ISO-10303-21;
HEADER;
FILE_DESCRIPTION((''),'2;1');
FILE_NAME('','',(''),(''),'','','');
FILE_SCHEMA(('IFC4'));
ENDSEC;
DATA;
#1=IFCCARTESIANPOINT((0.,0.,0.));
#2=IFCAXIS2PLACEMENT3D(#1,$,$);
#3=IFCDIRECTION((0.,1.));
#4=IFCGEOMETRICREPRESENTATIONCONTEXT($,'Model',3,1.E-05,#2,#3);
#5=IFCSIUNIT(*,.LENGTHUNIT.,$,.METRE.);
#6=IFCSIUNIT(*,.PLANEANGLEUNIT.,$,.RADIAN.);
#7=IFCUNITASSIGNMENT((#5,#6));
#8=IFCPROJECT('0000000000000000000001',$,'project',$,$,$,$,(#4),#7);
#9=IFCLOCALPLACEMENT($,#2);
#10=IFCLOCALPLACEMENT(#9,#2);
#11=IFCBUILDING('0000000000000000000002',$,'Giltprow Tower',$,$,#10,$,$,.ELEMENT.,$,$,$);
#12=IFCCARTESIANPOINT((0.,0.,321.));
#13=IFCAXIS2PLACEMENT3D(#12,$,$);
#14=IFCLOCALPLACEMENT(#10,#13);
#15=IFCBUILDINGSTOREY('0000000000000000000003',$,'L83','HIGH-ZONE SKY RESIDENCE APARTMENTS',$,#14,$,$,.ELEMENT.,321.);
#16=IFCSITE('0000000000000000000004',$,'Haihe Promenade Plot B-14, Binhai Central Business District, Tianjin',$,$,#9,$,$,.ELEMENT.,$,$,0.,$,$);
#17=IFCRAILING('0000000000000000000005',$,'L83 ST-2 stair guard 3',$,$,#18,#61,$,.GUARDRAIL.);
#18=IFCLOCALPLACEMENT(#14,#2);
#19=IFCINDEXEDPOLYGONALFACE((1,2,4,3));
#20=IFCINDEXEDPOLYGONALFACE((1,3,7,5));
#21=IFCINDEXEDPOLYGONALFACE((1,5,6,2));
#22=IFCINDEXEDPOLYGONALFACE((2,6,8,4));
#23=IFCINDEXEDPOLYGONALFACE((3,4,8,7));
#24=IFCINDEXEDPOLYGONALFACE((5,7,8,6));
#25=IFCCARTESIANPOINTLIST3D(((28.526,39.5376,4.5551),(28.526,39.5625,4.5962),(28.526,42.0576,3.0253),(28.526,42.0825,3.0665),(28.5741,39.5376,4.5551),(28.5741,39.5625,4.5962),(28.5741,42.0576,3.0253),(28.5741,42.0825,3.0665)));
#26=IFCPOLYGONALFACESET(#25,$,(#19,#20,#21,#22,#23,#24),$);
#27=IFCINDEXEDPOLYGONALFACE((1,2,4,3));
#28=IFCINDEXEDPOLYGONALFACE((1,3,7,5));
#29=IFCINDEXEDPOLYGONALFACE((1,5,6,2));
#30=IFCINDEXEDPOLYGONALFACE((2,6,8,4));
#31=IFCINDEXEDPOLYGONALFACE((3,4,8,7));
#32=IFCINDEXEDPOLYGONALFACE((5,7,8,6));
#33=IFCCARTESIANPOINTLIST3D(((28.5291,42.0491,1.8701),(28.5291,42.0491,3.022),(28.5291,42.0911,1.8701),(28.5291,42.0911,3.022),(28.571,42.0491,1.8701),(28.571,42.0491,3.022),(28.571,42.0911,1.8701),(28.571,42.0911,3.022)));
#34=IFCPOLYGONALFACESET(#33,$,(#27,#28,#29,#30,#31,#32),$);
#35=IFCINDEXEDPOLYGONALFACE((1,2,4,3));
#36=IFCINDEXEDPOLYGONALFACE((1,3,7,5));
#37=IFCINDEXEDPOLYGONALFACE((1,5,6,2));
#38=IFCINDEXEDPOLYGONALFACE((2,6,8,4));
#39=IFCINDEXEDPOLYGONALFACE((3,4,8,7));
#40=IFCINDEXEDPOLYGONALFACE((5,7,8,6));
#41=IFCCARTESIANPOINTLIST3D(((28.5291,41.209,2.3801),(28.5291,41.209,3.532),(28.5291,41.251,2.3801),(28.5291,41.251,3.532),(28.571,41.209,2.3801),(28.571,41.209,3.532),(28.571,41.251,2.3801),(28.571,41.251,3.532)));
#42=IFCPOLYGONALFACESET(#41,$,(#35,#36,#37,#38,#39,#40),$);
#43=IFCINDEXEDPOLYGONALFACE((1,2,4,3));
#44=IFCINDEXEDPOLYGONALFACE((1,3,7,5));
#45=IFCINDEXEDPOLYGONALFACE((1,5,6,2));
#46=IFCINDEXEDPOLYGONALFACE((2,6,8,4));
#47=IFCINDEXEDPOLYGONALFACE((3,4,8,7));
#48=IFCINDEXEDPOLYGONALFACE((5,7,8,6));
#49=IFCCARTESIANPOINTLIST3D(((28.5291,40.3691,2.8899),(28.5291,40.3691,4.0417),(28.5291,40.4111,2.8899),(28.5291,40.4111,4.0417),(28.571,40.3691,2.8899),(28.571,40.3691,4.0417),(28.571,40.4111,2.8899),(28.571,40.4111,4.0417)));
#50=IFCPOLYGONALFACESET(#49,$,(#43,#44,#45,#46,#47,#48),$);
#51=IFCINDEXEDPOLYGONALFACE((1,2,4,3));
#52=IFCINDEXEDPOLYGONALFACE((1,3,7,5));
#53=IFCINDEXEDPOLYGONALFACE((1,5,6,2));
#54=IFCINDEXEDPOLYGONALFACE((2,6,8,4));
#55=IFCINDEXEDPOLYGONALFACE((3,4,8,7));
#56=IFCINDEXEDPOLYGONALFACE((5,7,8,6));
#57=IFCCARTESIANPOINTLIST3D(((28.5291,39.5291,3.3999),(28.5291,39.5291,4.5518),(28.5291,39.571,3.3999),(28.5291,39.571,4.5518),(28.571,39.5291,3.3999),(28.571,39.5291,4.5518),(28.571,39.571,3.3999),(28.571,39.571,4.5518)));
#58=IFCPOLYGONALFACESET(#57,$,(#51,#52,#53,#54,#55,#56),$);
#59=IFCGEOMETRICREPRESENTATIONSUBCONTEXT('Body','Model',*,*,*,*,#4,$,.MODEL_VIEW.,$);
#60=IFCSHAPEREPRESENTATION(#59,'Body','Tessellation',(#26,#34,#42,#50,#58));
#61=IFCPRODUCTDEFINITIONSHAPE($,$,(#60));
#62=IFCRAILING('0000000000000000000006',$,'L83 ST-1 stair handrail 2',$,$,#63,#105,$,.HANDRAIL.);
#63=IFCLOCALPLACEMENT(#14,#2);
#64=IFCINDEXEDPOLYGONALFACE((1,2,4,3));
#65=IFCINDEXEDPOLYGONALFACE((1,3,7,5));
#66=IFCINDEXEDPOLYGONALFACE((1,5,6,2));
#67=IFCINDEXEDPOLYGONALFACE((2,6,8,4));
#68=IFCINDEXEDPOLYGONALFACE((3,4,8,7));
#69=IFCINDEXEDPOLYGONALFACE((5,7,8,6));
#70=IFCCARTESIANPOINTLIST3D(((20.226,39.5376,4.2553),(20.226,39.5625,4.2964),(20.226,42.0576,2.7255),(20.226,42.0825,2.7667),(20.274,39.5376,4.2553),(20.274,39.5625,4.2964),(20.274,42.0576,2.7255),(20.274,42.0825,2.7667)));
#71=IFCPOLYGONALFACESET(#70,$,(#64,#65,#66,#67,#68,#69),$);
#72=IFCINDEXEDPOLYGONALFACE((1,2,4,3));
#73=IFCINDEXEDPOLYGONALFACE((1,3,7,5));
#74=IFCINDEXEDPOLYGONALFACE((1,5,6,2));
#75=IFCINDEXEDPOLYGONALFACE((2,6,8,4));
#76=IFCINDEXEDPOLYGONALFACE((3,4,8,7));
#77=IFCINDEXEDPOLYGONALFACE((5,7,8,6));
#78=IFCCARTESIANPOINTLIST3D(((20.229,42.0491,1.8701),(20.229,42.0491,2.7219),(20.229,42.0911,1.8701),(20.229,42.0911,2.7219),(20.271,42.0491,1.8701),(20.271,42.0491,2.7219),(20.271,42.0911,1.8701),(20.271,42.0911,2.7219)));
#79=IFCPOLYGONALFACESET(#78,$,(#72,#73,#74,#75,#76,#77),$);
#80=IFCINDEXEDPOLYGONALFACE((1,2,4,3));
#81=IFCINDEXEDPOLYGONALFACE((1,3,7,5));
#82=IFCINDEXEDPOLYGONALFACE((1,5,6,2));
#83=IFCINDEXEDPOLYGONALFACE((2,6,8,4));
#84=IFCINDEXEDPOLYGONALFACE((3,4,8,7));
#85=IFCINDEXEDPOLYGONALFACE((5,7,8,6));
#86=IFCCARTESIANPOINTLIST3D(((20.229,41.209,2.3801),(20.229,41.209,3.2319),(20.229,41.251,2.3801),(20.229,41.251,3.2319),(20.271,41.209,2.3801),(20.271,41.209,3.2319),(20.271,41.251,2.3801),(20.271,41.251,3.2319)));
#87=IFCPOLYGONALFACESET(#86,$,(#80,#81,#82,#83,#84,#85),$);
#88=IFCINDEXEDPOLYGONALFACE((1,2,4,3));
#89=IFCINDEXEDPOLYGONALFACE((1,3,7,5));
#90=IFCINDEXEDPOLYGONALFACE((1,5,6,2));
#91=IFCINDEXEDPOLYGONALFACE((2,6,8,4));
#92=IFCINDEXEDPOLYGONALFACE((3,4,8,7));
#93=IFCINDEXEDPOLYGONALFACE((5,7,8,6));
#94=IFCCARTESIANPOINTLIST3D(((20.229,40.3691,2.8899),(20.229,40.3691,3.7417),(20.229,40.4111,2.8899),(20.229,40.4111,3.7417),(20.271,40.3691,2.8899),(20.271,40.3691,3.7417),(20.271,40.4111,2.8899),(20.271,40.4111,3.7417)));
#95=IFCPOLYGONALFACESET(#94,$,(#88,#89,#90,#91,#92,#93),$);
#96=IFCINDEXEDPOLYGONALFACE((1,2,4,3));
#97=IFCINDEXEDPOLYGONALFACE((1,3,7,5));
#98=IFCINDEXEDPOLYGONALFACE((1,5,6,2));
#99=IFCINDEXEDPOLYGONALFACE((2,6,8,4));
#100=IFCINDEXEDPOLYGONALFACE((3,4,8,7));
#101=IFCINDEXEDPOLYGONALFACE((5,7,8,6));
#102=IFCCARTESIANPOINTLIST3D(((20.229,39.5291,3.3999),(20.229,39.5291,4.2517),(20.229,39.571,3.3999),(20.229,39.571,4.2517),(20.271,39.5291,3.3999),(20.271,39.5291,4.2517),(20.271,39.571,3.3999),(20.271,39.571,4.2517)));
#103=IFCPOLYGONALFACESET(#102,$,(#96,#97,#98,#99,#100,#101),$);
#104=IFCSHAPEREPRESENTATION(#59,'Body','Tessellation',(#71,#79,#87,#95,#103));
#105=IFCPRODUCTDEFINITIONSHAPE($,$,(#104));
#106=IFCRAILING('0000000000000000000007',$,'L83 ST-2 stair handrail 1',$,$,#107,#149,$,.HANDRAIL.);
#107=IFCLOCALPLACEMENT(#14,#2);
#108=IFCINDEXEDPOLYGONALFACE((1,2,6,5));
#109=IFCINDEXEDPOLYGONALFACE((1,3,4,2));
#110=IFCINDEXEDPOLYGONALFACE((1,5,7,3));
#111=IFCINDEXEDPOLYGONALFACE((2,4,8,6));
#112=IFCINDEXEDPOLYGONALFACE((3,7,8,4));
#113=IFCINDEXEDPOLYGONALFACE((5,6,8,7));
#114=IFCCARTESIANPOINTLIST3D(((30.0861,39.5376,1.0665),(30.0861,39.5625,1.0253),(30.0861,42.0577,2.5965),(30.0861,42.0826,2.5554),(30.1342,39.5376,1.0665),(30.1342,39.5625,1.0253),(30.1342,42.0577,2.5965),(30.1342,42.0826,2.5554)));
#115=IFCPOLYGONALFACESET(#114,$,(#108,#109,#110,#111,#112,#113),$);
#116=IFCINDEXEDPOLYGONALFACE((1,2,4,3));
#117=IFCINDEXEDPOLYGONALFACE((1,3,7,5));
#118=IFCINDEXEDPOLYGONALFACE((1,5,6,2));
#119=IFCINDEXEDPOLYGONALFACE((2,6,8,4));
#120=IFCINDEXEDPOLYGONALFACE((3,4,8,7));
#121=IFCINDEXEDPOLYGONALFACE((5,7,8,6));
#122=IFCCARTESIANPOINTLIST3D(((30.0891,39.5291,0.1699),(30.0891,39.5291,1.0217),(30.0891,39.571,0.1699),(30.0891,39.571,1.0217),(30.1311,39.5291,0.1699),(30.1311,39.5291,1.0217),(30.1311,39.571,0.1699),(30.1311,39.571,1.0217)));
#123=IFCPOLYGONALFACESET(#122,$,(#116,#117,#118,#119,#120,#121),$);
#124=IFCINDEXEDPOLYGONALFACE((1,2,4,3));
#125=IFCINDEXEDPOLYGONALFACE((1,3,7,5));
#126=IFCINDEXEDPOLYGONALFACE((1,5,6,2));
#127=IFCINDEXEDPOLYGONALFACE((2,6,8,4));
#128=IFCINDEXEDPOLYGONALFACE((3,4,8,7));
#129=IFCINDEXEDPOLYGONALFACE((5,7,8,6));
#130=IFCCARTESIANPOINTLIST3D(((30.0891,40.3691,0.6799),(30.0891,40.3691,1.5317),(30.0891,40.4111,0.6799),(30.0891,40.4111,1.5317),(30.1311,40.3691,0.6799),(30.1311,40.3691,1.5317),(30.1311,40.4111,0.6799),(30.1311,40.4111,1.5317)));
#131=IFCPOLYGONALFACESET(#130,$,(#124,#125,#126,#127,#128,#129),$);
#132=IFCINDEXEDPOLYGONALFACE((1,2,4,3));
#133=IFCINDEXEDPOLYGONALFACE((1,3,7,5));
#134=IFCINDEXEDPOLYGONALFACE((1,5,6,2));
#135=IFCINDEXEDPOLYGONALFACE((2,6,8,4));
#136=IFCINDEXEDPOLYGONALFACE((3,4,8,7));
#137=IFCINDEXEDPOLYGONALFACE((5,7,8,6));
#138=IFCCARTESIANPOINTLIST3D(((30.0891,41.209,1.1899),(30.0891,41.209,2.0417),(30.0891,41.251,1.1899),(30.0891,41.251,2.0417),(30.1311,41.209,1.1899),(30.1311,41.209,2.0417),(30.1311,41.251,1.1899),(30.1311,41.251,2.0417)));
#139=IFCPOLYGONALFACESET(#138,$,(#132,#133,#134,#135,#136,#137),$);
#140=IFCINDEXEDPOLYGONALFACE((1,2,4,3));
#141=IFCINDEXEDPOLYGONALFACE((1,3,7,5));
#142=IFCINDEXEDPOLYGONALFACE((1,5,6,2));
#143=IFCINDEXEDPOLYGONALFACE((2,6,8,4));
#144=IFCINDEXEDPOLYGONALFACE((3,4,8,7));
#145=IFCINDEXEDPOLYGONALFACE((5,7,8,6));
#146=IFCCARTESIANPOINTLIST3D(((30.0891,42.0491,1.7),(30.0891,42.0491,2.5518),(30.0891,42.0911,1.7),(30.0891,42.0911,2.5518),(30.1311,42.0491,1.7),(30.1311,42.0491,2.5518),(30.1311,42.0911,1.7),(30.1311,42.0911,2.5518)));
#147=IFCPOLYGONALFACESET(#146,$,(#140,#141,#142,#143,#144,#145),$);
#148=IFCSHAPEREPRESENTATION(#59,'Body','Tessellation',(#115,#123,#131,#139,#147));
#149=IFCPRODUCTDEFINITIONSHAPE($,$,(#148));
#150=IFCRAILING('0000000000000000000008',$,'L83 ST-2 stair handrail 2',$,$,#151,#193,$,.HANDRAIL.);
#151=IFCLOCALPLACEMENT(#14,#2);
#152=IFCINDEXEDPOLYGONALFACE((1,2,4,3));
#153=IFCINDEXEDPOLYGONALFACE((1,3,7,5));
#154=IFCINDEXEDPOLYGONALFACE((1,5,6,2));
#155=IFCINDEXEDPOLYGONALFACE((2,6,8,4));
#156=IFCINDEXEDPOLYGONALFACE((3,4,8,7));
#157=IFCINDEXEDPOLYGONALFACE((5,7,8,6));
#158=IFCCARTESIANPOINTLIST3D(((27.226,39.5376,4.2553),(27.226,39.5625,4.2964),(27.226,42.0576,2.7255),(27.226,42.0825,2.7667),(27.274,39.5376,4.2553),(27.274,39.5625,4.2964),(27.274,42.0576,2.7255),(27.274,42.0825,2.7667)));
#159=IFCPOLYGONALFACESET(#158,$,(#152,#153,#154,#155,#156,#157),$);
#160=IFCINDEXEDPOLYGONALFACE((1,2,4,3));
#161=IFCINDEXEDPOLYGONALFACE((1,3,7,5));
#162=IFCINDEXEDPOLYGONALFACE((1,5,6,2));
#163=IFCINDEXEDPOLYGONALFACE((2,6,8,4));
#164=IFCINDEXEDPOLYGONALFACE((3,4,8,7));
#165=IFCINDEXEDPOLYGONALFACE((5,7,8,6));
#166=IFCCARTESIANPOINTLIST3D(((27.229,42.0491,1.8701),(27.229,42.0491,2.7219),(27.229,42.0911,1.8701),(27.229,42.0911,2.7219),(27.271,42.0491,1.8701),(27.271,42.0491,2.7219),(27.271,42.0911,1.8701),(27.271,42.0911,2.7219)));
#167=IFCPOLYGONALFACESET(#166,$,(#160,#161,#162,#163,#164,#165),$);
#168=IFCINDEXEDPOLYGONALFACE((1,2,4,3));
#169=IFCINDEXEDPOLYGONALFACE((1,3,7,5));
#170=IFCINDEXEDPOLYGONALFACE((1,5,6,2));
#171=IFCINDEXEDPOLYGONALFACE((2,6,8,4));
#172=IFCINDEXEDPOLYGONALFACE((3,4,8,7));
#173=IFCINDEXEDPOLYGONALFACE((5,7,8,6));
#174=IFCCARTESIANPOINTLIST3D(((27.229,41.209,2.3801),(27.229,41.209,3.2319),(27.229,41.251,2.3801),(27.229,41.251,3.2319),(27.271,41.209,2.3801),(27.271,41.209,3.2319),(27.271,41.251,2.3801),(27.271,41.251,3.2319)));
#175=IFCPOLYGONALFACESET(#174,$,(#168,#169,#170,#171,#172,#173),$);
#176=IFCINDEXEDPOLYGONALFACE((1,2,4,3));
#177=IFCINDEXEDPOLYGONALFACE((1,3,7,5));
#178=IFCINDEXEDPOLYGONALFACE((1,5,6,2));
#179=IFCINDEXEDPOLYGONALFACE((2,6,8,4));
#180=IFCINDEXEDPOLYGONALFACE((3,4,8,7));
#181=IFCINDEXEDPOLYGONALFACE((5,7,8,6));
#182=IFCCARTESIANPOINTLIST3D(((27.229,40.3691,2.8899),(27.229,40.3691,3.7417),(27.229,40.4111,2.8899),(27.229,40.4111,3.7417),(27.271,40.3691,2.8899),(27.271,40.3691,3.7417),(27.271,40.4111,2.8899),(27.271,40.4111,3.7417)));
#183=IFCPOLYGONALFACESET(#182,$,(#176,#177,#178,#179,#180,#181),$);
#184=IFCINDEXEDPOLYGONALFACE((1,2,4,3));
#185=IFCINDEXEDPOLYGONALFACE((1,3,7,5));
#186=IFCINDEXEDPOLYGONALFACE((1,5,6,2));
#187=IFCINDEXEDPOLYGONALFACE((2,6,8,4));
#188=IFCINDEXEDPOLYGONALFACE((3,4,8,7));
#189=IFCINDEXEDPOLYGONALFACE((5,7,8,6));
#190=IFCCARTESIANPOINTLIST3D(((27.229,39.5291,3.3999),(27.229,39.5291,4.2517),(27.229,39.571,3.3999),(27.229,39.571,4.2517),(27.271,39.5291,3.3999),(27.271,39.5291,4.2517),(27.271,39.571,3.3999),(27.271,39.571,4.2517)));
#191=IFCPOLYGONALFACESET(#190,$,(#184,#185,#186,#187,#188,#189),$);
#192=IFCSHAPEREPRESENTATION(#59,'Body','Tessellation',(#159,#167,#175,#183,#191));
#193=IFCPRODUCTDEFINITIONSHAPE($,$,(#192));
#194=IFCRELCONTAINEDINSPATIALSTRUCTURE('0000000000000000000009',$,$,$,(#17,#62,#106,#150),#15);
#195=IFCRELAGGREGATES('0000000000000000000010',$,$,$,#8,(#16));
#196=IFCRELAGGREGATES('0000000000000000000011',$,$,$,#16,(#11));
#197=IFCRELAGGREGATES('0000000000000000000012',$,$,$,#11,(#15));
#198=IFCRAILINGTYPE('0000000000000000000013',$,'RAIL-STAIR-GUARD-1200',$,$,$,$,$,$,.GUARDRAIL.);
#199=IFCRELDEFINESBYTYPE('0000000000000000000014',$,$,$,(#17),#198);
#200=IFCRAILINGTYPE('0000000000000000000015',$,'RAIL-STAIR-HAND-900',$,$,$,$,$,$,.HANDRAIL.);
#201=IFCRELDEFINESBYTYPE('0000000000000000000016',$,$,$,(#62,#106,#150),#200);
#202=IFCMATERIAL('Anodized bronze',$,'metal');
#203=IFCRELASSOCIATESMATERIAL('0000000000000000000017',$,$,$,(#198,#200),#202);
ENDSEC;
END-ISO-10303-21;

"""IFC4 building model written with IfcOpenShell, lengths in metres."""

from ifc_helpers import new_model, si_unit, direction, frame, origin, origin_2d, place, context, subcontext, project, spatial, rectangle, extrude, material, type_object, element, save


model = new_model("IFC4")

# Units and contexts
model_context = context("Model", 3, precision=1e-05, world=origin(), true_north=direction((0.0, 1.0)))
body_context = subcontext(model_context, "Body", "Model", "MODEL_VIEW")
ifc_project = project(units=[si_unit("LENGTHUNIT", "METRE"), si_unit("PLANEANGLEUNIT", "RADIAN")], contexts=[model_context])

# Site, building, storey
site_placement = place(None, origin())
site = spatial("IfcSite", under=ifc_project, at=site_placement, Name="Haihe Promenade Plot B-14, Binhai Central Business District, Tianjin", CompositionType="ELEMENT", RefElevation=0.0)
building_placement = place(site_placement, origin())
building = spatial("IfcBuilding", under=site, at=building_placement, Name="Giltprow Tower", CompositionType="ELEMENT")
storey_placement = place(building_placement, frame((0.0, 0.0, 321.0)))
storey = spatial("IfcBuildingStorey", under=building, at=storey_placement, Name="L83", Description="HIGH-ZONE SKY RESIDENCE APARTMENTS", CompositionType="ELEMENT", Elevation=321.0)

# Railings
ifc_material_1 = material(Name="Anodized bronze", Category="metal")
railing_type_1 = type_object("IfcRailingType", Name="RAIL-STAIR-GUARD-1200", PredefinedType="GUARDRAIL", material=ifc_material_1)
railing_1_placement = place(storey_placement, frame((28.55, 42.0701, 1.8701)))
element("IfcRailing", 1, at=railing_1_placement, inside=storey, type_object=railing_type_1, Name="L83 ST-2 stair guard 3", PredefinedType="GUARDRAIL", context=body_context, shape_type="SweptSolid", body=[
    extrude(rectangle(XDim=0.0481, YDim=0.0481, at=origin_2d()), frame((0.0, 0.0, 1.1758), z_axis=(0.0, -0.854822, 0.518922), x_axis=(1.0, 0.0, 0.0)), (0.0, 0.0, 1.0), 2.948),
    extrude(rectangle(XDim=0.042, YDim=0.042, at=origin_2d()), origin(), (0.0, 0.0, 1.0), 1.1519),
    extrude(rectangle(XDim=0.042, YDim=0.042, at=origin_2d()), frame((0.0, -0.8401, 0.51)), (0.0, 0.0, 1.0), 1.1519),
    extrude(rectangle(XDim=0.042, YDim=0.042, at=origin_2d()), frame((0.0, -1.6799, 1.0198)), (0.0, 0.0, 1.0), 1.1519),
    extrude(rectangle(XDim=0.042, YDim=0.042, at=origin_2d()), frame((0.0, -2.52, 1.5298)), (0.0, 0.0, 1.0), 1.1519),
])
railing_type_2 = type_object("IfcRailingType", Name="RAIL-STAIR-HAND-900", PredefinedType="HANDRAIL", material=ifc_material_1)
railing_2_placement = place(storey_placement, frame((20.25, 42.0701, 1.8701)))
element("IfcRailing", 2, at=railing_2_placement, inside=storey, type_object=railing_type_2, Name="L83 ST-1 stair handrail 2", PredefinedType="HANDRAIL", context=body_context, shape_type="SweptSolid", body=[
    extrude(rectangle(XDim=0.0481, YDim=0.0481, at=origin_2d()), frame((0.0, 0.0, 0.876), z_axis=(0.0, -0.854822, 0.518922), x_axis=(1.0, 0.0, 0.0)), (0.0, 0.0, 1.0), 2.948),
    extrude(rectangle(XDim=0.042, YDim=0.042, at=origin_2d()), origin(), (0.0, 0.0, 1.0), 0.8518),
    extrude(rectangle(XDim=0.042, YDim=0.042, at=origin_2d()), frame((0.0, -0.8401, 0.51)), (0.0, 0.0, 1.0), 0.8518),
    extrude(rectangle(XDim=0.042, YDim=0.042, at=origin_2d()), frame((0.0, -1.6799, 1.0198)), (0.0, 0.0, 1.0), 0.8518),
    extrude(rectangle(XDim=0.042, YDim=0.042, at=origin_2d()), frame((0.0, -2.52, 1.5298)), (0.0, 0.0, 1.0), 0.8518),
])
railing_3_placement = place(storey_placement, frame((30.1101, 39.55, 0.1699)))
element("IfcRailing", 3, at=railing_3_placement, inside=storey, type_object=railing_type_2, Name="L83 ST-2 stair handrail 1", PredefinedType="HANDRAIL", context=body_context, shape_type="SweptSolid", body=[
    extrude(rectangle(XDim=0.0481, YDim=0.0481, at=origin_2d()), frame((0.0, 0.0, 0.876), z_axis=(0.0, 0.854785, 0.518982), x_axis=(-1.0, 0.0, 0.0)), (0.0, 0.0, 1.0), 2.9482),
    extrude(rectangle(XDim=0.042, YDim=0.042, at=origin_2d()), origin(), (0.0, 0.0, 1.0), 0.8518),
    extrude(rectangle(XDim=0.042, YDim=0.042, at=origin_2d()), frame((0.0, 0.8401, 0.51)), (0.0, 0.0, 1.0), 0.8518),
    extrude(rectangle(XDim=0.042, YDim=0.042, at=origin_2d()), frame((0.0, 1.6799, 1.02)), (0.0, 0.0, 1.0), 0.8518),
    extrude(rectangle(XDim=0.042, YDim=0.042, at=origin_2d()), frame((0.0, 2.52, 1.53)), (0.0, 0.0, 1.0), 0.8518),
])
railing_4_placement = place(storey_placement, frame((27.25, 42.0701, 1.8701)))
element("IfcRailing", 4, at=railing_4_placement, inside=storey, type_object=railing_type_2, Name="L83 ST-2 stair handrail 2", PredefinedType="HANDRAIL", context=body_context, shape_type="SweptSolid", body=[
    extrude(rectangle(XDim=0.0481, YDim=0.0481, at=origin_2d()), frame((0.0, 0.0, 0.876), z_axis=(0.0, -0.854822, 0.518922), x_axis=(1.0, 0.0, 0.0)), (0.0, 0.0, 1.0), 2.948),
    extrude(rectangle(XDim=0.042, YDim=0.042, at=origin_2d()), origin(), (0.0, 0.0, 1.0), 0.8518),
    extrude(rectangle(XDim=0.042, YDim=0.042, at=origin_2d()), frame((0.0, -0.8401, 0.51)), (0.0, 0.0, 1.0), 0.8518),
    extrude(rectangle(XDim=0.042, YDim=0.042, at=origin_2d()), frame((0.0, -1.6799, 1.0198)), (0.0, 0.0, 1.0), 0.8518),
    extrude(rectangle(XDim=0.042, YDim=0.042, at=origin_2d()), frame((0.0, -2.52, 1.5298)), (0.0, 0.0, 1.0), 0.8518),
])

save(model, "model.ifc")
